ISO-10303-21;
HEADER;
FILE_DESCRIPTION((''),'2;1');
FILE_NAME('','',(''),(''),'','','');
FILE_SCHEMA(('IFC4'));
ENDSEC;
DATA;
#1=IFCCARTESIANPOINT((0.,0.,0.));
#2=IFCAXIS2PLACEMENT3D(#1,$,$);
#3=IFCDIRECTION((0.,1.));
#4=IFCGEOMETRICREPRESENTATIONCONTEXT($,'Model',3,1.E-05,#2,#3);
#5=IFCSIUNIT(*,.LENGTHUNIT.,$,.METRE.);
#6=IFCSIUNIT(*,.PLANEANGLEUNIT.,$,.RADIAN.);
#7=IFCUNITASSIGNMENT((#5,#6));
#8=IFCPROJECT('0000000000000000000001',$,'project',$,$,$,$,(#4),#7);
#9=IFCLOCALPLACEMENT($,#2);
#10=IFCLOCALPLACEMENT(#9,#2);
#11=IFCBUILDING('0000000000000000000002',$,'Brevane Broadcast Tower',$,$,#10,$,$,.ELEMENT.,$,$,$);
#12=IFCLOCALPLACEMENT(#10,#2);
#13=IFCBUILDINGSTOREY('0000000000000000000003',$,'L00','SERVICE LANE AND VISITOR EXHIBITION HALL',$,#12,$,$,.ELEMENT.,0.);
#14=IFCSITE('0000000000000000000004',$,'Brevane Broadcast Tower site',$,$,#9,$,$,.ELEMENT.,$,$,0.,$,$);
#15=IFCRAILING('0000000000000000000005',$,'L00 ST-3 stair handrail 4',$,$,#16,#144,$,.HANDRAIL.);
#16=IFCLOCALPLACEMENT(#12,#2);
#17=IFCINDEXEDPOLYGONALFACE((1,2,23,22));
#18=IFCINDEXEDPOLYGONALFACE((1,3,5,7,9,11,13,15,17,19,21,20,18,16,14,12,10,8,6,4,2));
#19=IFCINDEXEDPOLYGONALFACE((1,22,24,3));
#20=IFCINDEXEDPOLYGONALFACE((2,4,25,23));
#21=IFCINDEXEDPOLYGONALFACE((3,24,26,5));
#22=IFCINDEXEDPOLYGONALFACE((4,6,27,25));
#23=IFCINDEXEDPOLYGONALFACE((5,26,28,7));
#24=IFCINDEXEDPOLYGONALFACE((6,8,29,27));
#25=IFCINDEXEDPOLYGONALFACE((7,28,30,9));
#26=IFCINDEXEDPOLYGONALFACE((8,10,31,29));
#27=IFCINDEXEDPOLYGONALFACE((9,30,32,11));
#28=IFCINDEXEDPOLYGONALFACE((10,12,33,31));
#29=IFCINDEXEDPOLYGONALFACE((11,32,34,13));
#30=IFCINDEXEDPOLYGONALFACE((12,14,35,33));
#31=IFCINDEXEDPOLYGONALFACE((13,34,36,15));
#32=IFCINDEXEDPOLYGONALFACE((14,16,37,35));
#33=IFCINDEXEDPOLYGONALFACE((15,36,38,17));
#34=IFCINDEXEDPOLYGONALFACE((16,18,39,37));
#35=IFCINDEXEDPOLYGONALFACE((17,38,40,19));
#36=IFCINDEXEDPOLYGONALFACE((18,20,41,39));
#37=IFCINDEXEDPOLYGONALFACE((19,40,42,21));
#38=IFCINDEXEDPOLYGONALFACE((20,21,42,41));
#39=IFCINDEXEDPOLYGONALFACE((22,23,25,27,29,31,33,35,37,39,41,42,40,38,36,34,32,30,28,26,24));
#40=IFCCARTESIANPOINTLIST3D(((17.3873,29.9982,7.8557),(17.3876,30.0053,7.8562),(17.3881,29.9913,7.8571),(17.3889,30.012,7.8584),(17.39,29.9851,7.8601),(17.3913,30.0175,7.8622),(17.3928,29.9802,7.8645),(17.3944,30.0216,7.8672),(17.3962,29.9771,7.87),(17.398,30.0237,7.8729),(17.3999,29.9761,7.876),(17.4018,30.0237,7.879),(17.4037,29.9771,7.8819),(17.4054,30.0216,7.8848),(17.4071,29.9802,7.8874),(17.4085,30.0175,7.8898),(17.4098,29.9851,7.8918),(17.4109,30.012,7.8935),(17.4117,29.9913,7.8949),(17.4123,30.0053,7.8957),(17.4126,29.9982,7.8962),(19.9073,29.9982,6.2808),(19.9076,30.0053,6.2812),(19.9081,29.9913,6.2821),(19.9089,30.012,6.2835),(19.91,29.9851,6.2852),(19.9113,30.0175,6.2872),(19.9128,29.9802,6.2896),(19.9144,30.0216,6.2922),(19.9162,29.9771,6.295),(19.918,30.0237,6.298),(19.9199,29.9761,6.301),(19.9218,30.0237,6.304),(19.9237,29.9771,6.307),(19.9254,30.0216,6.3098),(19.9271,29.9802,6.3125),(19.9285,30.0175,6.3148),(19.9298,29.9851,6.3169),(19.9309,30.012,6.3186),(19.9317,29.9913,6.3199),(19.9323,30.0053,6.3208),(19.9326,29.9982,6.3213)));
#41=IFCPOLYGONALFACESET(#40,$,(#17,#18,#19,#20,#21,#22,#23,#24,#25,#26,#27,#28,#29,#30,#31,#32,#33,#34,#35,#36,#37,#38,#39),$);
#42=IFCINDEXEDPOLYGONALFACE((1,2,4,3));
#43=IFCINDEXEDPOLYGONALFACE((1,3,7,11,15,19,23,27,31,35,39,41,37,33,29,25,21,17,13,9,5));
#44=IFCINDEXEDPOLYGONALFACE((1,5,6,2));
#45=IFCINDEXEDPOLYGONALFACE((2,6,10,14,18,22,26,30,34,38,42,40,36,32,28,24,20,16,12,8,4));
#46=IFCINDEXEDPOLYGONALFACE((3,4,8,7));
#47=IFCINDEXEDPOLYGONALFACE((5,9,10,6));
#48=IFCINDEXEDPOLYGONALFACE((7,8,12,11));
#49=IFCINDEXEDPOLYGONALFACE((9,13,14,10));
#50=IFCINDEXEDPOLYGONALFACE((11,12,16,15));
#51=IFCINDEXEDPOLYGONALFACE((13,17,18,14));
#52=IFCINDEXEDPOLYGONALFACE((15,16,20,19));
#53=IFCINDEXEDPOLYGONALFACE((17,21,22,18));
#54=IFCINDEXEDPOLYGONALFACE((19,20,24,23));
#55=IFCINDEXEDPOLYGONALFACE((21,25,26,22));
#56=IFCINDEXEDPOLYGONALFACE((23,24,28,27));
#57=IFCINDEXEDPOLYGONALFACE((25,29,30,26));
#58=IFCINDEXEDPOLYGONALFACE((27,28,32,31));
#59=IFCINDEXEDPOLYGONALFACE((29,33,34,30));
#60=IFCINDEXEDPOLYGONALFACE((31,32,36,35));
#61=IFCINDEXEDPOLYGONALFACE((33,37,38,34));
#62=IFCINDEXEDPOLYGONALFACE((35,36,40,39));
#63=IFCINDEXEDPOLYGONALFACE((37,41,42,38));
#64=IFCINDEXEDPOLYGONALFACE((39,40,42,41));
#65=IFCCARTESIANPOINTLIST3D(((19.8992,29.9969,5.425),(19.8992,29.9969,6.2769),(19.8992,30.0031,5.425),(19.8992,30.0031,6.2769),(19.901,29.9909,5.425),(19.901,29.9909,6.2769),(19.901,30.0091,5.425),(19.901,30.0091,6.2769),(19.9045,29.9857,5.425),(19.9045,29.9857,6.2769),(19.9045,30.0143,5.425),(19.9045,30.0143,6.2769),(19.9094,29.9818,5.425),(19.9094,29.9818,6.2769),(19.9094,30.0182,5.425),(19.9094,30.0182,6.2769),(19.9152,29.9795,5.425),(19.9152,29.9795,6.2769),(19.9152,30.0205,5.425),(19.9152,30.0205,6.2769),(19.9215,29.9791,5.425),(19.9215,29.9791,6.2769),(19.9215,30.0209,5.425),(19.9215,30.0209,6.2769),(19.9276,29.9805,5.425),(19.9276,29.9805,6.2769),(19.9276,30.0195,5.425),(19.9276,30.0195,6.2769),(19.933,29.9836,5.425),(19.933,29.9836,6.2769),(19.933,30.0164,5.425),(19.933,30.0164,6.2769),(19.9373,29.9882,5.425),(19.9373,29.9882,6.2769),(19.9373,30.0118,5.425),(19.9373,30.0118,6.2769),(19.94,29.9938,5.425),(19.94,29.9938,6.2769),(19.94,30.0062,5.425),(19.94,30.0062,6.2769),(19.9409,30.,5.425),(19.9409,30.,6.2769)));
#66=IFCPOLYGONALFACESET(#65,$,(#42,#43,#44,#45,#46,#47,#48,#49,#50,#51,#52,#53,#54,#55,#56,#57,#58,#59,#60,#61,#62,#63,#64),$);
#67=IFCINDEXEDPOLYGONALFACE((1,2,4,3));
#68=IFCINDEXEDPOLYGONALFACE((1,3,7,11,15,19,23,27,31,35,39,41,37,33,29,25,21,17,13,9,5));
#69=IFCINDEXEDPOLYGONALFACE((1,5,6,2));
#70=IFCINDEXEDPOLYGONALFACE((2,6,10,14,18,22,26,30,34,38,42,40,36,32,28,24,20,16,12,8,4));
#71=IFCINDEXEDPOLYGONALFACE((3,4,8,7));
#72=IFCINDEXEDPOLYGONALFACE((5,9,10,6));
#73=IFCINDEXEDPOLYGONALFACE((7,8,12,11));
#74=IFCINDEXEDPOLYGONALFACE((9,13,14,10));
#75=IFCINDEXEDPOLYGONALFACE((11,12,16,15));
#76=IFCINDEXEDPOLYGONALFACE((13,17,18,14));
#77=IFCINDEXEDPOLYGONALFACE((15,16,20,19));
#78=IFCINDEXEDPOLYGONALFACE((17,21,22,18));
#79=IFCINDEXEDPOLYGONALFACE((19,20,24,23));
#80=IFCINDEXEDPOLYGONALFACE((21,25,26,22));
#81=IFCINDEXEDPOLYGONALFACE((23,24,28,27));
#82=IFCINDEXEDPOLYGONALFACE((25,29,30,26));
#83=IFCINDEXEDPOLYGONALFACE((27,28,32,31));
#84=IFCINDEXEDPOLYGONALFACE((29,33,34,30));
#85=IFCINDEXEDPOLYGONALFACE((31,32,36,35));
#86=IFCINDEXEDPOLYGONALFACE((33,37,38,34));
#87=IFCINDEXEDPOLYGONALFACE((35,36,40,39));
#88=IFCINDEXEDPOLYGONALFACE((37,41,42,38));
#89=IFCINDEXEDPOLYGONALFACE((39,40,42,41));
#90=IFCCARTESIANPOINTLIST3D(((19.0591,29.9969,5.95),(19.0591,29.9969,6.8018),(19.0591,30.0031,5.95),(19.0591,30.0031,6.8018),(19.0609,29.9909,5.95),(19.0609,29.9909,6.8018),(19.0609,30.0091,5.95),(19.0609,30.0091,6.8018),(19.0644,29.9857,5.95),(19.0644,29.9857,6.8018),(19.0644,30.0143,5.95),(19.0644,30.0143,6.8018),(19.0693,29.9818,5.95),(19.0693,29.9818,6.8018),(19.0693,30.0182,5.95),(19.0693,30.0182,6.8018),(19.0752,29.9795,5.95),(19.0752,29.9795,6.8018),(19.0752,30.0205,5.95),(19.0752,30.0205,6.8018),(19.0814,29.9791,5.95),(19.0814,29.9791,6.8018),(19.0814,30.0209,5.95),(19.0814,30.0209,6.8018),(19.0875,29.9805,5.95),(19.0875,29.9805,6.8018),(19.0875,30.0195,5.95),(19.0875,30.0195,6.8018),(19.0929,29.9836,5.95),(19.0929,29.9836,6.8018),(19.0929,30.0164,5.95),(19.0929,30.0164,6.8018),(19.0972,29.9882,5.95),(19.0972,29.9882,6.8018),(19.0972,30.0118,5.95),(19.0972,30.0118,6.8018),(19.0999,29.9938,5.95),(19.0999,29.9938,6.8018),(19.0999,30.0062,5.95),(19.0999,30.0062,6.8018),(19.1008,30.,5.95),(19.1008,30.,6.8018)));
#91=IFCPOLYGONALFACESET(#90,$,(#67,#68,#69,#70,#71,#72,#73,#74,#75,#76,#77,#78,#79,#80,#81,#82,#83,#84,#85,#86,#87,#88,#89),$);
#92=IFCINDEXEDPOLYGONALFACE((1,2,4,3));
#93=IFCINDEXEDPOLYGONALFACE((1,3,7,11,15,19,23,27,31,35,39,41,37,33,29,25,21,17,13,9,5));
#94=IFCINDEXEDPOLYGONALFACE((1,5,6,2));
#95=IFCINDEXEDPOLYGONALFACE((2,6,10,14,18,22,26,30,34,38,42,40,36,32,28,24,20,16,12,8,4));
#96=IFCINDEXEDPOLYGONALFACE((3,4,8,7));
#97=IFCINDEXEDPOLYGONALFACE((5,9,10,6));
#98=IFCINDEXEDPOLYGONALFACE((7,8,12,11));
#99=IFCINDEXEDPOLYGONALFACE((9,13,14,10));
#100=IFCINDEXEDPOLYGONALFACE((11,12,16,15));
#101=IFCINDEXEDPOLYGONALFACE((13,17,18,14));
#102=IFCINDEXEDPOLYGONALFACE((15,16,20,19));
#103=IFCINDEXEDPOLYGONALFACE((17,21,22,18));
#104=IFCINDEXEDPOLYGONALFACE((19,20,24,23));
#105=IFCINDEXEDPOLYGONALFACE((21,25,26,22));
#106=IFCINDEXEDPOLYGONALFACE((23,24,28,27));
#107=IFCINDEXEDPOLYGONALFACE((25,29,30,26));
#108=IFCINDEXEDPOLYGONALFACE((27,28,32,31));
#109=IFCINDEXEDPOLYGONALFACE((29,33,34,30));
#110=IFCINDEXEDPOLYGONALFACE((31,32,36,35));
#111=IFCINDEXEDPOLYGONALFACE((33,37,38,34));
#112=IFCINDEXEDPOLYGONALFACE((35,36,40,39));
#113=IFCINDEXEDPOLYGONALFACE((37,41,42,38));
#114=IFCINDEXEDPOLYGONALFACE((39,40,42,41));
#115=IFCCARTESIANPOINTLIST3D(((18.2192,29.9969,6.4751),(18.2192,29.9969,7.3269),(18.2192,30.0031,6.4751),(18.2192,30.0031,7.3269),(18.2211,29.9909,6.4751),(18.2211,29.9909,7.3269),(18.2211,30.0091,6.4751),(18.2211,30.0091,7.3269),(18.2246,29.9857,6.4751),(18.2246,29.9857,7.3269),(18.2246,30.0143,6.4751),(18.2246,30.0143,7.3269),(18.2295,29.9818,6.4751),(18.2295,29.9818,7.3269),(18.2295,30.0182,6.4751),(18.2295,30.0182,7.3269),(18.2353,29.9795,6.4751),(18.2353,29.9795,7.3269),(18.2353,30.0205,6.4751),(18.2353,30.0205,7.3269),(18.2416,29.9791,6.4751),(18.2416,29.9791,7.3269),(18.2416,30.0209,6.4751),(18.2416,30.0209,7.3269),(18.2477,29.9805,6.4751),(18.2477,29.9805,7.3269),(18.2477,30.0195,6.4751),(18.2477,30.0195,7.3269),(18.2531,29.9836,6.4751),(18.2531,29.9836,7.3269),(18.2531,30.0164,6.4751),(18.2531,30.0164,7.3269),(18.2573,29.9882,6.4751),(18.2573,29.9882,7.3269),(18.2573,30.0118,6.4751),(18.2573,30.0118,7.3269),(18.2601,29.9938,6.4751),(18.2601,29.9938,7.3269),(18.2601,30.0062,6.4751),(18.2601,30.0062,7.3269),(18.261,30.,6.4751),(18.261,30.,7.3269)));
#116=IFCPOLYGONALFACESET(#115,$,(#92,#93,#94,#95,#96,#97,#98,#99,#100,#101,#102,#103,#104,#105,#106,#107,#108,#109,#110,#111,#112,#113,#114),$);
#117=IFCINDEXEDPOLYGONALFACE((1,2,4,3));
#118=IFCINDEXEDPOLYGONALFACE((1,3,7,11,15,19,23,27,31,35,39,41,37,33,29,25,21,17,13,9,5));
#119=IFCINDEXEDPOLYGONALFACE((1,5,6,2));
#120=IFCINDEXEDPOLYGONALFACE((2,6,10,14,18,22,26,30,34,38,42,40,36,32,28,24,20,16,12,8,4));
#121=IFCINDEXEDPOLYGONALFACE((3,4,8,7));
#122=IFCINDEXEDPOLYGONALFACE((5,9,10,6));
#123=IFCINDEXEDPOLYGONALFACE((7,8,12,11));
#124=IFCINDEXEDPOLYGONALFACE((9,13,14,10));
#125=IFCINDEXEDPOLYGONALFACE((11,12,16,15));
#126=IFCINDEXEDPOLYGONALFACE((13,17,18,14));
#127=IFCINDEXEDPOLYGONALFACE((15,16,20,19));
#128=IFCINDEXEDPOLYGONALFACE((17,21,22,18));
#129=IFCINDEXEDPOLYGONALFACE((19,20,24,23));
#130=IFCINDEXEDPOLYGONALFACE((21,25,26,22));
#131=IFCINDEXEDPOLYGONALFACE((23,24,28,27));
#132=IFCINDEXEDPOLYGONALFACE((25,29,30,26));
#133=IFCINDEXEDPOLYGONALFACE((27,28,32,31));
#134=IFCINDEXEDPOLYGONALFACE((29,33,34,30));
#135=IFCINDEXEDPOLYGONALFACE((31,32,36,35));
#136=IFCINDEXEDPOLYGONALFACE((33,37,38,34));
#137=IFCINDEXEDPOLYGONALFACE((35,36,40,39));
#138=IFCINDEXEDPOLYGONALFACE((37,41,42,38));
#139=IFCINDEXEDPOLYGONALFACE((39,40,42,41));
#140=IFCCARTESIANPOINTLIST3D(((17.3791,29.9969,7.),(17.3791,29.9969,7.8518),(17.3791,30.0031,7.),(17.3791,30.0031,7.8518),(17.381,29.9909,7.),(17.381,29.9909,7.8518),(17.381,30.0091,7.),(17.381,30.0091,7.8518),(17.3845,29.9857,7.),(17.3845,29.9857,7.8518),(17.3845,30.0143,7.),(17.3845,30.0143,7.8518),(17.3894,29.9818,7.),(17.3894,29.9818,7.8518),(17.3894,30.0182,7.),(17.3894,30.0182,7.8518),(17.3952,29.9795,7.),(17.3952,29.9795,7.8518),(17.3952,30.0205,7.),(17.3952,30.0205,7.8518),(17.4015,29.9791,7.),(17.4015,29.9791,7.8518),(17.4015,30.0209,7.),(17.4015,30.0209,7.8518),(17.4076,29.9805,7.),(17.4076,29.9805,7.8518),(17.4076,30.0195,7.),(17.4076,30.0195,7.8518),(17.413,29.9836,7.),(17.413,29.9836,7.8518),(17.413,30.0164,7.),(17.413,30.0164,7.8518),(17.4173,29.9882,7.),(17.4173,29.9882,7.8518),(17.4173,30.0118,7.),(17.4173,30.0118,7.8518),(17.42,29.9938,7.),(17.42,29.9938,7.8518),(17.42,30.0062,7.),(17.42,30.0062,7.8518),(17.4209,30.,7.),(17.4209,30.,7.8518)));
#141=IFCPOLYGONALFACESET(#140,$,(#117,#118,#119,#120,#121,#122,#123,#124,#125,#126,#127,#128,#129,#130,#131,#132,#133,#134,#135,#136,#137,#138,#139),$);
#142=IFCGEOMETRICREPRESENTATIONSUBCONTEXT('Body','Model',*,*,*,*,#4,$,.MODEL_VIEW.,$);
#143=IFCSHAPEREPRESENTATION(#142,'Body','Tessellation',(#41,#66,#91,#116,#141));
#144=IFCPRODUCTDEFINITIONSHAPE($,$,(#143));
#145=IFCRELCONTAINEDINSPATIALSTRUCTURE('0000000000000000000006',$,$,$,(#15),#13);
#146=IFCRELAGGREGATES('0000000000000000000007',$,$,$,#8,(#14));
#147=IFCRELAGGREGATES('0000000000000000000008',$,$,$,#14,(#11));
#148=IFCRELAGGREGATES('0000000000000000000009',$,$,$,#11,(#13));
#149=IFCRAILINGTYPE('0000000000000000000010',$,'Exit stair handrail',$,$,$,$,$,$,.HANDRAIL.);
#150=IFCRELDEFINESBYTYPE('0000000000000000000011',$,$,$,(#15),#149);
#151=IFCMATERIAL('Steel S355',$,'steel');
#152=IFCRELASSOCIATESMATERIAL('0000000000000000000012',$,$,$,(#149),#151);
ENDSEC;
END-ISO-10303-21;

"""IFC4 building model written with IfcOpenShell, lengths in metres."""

from ifc_helpers import new_model, si_unit, direction, frame, origin, origin_2d, place, context, subcontext, project, spatial, circle, extrude, material, type_object, element, save


model = new_model("IFC4")

# Units and contexts
model_context = context("Model", 3, precision=1e-05, world=origin(), true_north=direction((0.0, 1.0)))
body_context = subcontext(model_context, "Body", "Model", "MODEL_VIEW")
ifc_project = project(units=[si_unit("LENGTHUNIT", "METRE"), si_unit("PLANEANGLEUNIT", "RADIAN")], contexts=[model_context])

# Site, building, storey
site_placement = place(None, origin())
site = spatial("IfcSite", under=ifc_project, at=site_placement, Name="Brevane Broadcast Tower site", CompositionType="ELEMENT", RefElevation=0.0)
building_placement = place(site_placement, origin())
building = spatial("IfcBuilding", under=site, at=building_placement, Name="Brevane Broadcast Tower", CompositionType="ELEMENT")
storey_placement = place(building_placement, origin())
storey = spatial("IfcBuildingStorey", under=building, at=storey_placement, Name="L00", Description="SERVICE LANE AND VISITOR EXHIBITION HALL", CompositionType="ELEMENT", Elevation=0.0)

# Railing
ifc_material_1 = material(Name="Steel S355", Category="steel")
railing_type_1 = type_object("IfcRailingType", Name="Exit stair handrail", PredefinedType="HANDRAIL", material=ifc_material_1)
for number, where, name in (
    (1, (19.9199, 30.0, 5.425), "L00 ST-3 stair handrail 4"),
):
    element("IfcRailing", number, at=place(storey_placement, frame(where)), inside=storey, type_object=railing_type_1, Name=name, PredefinedType="HANDRAIL", context=body_context, shape_type="SweptSolid", body=[
        extrude(circle(Radius=0.0239, at=origin_2d()), frame((0.0, 0.0, 0.876), z_axis=(-0.848008, 0.0, 0.529984), x_axis=(0.0, -1.0, 0.0)), (0.0, 0.0, 1.0), 2.9717),
        extrude(circle(Radius=0.021, at=origin_2d()), origin(), (0.0, 0.0, 1.0), 0.8518),
        extrude(circle(Radius=0.021, at=origin_2d()), frame((-0.8401, 0.0, 0.5249)), (0.0, 0.0, 1.0), 0.8518),
        extrude(circle(Radius=0.021, at=origin_2d()), frame((-1.6799, 0.0, 1.05)), (0.0, 0.0, 1.0), 0.8518),
        extrude(circle(Radius=0.021, at=origin_2d()), frame((-2.52, 0.0, 1.575)), (0.0, 0.0, 1.0), 0.8518),
    ])

save(model, "model.ifc")
